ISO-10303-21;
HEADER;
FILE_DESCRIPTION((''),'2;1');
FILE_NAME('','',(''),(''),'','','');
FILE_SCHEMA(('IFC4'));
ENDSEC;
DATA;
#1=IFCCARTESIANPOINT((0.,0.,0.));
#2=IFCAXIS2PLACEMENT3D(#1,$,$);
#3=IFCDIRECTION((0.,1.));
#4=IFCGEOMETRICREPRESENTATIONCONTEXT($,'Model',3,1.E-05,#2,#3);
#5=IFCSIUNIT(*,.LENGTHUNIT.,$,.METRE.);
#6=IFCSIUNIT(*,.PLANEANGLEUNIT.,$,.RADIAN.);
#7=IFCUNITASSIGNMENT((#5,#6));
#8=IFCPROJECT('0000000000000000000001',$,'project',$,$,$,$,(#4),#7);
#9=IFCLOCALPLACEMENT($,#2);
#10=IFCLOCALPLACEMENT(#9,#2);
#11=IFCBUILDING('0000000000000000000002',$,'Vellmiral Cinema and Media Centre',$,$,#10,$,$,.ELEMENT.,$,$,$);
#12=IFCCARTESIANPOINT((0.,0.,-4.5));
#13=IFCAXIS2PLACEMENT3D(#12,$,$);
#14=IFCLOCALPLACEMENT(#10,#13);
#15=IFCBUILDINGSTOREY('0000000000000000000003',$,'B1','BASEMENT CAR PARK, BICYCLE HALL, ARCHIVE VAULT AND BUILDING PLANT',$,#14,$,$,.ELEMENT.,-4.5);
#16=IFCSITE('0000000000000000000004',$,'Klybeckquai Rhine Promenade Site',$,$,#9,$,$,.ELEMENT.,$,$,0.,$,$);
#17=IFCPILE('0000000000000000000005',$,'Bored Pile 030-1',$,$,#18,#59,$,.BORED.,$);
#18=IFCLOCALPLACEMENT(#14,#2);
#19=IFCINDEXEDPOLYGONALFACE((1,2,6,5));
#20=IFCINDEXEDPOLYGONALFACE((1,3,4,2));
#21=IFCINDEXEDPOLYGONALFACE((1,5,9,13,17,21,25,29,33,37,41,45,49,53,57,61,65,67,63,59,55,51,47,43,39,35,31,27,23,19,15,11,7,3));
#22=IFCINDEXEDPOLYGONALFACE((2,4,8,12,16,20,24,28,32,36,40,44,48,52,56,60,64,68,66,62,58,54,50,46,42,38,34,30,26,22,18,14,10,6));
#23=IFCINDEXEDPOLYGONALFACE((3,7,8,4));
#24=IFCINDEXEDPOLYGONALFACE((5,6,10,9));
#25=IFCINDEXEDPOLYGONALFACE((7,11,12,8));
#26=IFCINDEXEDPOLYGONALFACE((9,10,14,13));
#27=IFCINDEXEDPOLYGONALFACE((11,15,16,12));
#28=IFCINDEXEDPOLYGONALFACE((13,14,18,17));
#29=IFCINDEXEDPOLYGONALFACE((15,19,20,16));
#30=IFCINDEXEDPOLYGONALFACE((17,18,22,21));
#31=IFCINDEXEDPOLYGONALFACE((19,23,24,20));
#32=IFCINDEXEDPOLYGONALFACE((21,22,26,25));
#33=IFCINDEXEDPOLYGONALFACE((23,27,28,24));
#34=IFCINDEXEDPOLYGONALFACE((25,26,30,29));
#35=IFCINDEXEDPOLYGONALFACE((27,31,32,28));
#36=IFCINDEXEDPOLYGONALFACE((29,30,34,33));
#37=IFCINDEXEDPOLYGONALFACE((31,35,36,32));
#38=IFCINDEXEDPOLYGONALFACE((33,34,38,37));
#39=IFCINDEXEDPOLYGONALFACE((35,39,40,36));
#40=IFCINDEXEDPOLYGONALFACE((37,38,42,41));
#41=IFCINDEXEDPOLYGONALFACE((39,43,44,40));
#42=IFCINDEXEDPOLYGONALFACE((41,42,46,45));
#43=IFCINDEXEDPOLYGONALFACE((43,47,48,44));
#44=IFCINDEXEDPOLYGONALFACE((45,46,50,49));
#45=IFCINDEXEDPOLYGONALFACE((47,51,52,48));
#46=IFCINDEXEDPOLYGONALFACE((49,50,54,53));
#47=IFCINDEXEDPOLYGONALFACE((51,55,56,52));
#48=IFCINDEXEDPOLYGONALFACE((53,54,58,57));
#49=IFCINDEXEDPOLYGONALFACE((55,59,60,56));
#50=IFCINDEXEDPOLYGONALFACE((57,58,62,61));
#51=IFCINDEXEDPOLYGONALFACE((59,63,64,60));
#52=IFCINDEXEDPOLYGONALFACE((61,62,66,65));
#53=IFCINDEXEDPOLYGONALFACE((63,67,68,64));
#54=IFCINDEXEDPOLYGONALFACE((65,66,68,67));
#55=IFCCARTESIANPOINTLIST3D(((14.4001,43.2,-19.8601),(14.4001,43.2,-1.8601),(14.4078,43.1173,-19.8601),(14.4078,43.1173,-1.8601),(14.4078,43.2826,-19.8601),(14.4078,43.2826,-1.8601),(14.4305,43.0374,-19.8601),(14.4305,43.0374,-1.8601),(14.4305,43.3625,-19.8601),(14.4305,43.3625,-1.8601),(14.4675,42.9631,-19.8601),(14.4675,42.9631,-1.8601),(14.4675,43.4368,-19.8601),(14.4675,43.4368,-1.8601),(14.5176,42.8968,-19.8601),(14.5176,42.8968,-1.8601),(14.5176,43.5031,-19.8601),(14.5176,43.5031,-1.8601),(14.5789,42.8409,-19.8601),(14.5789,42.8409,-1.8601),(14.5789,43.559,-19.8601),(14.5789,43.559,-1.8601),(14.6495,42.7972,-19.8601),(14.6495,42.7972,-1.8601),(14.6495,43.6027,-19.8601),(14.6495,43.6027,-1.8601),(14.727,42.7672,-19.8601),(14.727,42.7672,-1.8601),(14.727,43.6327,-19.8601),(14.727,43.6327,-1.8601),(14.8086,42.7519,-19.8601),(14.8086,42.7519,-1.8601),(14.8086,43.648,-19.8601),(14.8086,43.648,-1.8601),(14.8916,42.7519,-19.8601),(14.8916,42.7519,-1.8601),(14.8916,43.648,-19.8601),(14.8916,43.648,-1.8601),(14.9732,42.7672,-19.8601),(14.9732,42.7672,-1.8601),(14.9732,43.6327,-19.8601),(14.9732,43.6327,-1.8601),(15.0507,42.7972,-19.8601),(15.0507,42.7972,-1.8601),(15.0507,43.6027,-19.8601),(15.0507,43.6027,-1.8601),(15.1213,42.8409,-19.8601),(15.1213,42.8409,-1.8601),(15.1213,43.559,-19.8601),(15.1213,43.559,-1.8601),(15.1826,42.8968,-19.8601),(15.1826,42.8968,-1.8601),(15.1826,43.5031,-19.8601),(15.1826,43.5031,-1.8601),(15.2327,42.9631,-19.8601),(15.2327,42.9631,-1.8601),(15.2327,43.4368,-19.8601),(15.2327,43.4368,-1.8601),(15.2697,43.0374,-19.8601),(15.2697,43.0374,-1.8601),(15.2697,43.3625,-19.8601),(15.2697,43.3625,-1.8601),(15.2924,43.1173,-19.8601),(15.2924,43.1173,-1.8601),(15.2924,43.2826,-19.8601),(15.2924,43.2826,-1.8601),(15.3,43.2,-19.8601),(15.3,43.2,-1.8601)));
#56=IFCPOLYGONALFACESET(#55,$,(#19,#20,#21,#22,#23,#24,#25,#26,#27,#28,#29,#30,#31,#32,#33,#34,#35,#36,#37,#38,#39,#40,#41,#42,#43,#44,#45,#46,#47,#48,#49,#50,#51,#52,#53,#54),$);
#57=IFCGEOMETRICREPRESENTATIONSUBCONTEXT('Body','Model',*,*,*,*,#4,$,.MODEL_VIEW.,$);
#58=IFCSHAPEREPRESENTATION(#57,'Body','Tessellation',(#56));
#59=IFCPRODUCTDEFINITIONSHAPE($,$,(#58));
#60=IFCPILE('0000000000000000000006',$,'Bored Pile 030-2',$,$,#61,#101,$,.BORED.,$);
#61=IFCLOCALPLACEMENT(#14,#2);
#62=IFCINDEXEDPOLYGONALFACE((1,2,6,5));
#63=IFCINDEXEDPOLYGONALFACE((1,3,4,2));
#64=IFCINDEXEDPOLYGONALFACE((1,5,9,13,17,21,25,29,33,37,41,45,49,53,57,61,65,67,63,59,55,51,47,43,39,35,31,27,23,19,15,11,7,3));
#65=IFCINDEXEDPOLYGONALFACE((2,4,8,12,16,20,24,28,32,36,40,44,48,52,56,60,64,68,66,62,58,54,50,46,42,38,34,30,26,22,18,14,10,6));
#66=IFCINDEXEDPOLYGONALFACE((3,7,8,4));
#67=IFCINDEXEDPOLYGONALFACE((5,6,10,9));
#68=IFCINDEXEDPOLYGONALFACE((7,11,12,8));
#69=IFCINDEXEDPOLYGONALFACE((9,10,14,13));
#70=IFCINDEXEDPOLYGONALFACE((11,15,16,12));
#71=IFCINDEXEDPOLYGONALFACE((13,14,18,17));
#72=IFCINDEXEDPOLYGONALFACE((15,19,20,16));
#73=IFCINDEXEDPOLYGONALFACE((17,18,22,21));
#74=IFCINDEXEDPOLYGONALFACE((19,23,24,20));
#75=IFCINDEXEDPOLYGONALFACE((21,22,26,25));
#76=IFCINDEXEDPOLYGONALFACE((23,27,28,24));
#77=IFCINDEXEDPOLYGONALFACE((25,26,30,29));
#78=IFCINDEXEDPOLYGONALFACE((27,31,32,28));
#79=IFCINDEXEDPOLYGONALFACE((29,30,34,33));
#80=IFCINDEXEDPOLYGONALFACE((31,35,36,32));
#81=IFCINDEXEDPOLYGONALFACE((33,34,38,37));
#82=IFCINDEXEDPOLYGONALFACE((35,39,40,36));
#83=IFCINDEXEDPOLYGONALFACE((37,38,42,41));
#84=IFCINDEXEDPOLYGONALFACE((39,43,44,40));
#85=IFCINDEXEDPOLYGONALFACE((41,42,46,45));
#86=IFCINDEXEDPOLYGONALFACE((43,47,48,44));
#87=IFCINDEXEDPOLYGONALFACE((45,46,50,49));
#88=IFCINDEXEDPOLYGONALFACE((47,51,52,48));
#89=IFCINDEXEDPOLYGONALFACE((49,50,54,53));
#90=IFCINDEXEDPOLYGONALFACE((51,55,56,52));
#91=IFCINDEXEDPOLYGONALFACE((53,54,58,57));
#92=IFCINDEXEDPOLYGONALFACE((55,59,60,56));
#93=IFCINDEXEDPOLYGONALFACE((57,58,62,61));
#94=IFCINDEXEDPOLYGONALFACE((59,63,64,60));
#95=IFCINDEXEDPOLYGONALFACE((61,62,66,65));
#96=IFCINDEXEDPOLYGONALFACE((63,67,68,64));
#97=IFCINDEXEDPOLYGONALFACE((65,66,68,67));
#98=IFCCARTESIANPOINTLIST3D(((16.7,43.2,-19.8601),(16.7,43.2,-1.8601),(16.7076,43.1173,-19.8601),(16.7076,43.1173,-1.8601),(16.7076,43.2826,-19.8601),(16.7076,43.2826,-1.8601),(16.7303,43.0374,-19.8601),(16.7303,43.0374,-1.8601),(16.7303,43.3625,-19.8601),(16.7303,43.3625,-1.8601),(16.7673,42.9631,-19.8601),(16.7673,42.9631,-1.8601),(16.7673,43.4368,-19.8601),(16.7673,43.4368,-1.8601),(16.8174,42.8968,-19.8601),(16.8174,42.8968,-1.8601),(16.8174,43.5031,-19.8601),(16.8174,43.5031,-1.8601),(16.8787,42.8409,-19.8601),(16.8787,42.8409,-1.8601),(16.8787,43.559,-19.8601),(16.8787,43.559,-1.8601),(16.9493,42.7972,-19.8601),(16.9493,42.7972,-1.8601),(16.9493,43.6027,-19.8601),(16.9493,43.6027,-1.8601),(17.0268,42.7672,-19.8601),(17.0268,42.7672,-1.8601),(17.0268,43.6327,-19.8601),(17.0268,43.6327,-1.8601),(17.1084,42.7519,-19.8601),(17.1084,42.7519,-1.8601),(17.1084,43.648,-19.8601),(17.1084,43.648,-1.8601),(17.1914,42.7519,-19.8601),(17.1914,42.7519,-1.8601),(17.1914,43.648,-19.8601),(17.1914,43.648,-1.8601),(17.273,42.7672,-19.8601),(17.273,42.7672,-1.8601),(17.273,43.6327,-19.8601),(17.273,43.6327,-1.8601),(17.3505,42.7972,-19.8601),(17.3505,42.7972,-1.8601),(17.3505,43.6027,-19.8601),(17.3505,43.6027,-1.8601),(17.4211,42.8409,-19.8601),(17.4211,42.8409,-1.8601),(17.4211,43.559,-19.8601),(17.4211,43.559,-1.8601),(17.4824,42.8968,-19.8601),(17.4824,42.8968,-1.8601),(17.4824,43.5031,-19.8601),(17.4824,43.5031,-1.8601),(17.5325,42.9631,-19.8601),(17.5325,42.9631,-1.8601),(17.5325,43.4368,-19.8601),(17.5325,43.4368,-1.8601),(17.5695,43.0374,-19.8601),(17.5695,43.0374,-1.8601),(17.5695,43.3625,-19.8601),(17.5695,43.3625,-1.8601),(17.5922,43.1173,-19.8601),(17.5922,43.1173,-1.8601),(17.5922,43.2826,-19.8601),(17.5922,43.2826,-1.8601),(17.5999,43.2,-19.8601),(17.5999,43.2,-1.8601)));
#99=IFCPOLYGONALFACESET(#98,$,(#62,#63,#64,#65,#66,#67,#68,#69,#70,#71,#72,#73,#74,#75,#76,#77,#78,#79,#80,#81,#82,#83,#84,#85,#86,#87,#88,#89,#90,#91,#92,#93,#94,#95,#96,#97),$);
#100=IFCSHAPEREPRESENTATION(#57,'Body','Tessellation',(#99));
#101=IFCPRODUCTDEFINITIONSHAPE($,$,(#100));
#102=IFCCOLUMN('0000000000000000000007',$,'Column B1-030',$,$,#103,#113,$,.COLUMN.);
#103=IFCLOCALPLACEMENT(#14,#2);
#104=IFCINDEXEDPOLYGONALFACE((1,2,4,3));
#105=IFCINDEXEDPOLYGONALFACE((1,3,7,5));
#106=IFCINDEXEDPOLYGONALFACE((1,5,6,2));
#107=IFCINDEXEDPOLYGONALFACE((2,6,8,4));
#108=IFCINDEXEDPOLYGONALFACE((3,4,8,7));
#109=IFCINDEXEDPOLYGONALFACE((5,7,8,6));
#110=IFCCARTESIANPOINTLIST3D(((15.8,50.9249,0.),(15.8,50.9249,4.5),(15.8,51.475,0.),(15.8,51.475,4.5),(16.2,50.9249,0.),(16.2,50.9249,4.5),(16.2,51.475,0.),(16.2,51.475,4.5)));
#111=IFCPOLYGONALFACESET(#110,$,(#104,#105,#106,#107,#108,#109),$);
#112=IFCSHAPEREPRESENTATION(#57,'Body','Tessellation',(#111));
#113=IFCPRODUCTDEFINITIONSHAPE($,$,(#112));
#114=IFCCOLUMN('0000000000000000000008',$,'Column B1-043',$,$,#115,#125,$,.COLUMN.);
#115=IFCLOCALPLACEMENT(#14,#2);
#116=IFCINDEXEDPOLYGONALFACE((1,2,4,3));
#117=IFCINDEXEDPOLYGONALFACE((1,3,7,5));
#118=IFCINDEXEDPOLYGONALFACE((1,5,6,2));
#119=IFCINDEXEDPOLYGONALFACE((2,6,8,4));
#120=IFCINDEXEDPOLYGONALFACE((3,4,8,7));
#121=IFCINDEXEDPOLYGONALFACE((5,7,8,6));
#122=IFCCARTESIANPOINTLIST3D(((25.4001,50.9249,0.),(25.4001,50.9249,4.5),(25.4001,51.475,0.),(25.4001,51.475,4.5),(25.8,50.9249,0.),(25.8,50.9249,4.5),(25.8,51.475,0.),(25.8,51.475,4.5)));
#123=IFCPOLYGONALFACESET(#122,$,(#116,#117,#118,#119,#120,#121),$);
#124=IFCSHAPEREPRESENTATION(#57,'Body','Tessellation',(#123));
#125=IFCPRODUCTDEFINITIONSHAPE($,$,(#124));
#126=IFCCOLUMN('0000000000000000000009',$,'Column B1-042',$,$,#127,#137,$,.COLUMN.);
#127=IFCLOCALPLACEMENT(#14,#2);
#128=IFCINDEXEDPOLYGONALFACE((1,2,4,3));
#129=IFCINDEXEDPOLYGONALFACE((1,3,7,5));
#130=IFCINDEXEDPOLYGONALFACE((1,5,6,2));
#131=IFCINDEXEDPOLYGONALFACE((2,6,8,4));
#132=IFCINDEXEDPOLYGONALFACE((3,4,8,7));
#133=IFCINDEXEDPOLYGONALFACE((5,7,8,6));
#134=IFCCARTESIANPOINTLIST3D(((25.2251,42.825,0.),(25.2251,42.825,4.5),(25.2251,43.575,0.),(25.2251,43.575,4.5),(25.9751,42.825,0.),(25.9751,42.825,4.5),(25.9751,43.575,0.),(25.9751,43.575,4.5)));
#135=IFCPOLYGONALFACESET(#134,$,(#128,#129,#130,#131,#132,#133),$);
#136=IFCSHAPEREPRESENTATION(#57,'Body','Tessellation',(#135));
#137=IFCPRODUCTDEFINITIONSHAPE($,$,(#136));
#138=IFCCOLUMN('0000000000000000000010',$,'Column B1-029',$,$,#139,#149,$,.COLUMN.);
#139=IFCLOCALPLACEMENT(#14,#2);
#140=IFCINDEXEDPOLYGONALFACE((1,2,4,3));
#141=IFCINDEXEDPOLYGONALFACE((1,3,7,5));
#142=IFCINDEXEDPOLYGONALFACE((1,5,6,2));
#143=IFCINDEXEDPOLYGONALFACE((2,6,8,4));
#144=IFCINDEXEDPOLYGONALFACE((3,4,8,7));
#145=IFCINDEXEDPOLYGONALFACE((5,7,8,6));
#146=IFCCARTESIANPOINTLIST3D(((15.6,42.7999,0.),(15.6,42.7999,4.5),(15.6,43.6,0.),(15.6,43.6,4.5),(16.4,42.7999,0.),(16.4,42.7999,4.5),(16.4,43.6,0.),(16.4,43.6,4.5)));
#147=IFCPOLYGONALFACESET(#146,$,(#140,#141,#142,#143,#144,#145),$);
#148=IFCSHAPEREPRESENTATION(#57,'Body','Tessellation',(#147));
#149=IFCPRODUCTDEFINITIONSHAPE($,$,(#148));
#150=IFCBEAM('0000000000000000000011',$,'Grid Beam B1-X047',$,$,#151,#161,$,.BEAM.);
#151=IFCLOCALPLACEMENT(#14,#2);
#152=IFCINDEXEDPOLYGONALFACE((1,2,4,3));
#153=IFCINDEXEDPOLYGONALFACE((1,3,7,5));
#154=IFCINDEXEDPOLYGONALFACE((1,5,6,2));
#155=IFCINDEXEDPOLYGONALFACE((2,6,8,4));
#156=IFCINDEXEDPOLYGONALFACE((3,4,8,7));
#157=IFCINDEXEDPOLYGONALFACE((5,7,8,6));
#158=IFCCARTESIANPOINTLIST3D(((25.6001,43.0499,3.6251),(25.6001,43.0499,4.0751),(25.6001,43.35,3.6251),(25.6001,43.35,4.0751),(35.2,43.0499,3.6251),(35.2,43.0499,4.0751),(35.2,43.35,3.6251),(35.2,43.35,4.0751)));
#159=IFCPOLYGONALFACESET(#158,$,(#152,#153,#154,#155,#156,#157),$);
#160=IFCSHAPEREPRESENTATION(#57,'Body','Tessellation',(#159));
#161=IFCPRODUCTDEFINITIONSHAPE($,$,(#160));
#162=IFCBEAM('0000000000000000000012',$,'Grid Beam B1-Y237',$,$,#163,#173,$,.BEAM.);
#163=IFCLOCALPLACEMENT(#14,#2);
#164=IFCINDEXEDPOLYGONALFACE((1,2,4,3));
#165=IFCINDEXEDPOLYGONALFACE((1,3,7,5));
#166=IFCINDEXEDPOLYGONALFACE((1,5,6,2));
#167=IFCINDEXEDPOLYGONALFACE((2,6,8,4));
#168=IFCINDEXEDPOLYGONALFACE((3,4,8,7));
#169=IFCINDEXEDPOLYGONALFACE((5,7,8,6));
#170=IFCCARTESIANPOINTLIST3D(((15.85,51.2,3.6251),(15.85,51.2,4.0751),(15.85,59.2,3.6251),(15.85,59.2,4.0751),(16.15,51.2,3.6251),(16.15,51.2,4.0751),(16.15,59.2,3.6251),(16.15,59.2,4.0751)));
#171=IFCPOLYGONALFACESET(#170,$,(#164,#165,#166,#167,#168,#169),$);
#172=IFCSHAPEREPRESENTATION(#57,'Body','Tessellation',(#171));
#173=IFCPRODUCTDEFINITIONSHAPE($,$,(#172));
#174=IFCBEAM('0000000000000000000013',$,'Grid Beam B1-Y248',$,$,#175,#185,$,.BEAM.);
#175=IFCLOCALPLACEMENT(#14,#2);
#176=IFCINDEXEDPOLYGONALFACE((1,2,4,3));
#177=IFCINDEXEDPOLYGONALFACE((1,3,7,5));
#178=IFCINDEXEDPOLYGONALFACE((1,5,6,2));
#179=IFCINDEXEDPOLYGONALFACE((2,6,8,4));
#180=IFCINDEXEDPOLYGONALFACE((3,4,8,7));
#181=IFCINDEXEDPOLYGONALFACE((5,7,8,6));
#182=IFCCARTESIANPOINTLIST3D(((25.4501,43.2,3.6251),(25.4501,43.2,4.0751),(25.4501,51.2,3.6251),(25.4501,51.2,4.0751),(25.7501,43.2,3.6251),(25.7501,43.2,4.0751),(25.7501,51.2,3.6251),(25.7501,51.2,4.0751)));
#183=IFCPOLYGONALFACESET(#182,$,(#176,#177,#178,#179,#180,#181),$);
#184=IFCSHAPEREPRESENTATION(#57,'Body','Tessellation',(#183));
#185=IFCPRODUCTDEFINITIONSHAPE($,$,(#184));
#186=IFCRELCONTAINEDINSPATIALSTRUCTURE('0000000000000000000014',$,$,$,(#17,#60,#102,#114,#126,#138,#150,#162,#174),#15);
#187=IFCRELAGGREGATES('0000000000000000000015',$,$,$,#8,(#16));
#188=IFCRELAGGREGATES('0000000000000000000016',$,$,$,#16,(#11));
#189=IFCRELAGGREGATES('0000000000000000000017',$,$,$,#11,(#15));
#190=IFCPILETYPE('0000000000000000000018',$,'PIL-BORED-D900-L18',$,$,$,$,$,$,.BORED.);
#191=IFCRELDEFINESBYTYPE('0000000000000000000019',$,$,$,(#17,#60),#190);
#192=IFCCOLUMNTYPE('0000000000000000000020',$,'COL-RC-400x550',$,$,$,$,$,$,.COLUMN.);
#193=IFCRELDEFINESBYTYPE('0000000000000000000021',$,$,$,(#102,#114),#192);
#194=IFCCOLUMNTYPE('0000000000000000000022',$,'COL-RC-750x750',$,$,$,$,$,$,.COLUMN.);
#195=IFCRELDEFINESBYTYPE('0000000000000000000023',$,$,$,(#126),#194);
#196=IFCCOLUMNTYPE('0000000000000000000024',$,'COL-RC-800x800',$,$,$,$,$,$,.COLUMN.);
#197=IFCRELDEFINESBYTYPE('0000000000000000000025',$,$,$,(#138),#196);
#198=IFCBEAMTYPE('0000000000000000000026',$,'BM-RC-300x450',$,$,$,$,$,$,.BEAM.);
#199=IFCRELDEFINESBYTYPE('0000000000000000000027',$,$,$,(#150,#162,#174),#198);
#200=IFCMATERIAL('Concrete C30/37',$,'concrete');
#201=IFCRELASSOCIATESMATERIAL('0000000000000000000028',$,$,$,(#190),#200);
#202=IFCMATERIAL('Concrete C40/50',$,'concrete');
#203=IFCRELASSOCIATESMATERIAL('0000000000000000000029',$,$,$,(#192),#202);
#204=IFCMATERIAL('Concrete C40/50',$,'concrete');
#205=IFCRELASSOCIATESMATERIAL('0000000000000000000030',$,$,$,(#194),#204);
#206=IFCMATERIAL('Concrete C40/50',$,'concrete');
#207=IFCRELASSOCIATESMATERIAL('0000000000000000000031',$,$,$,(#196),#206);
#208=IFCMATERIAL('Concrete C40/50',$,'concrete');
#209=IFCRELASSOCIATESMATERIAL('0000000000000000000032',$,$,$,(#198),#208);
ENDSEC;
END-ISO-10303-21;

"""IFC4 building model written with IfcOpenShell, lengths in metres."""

from ifc_helpers import new_model, si_unit, direction, frame, origin, origin_2d, place, context, subcontext, project, spatial, rectangle, circle, extrude, material, material_profile, profile_set, type_object, element, save


model = new_model("IFC4")

# Units and contexts
model_context = context("Model", 3, precision=1e-05, world=origin(), true_north=direction((0.0, 1.0)))
body_context = subcontext(model_context, "Body", "Model", "MODEL_VIEW")
ifc_project = project(units=[si_unit("LENGTHUNIT", "METRE"), si_unit("PLANEANGLEUNIT", "RADIAN")], contexts=[model_context])

# Site, building, storey
site_placement = place(None, origin())
site = spatial("IfcSite", under=ifc_project, at=site_placement, Name="Klybeckquai Rhine Promenade Site", CompositionType="ELEMENT", RefElevation=0.0)
building_placement = place(site_placement, origin())
building = spatial("IfcBuilding", under=site, at=building_placement, Name="Vellmiral Cinema and Media Centre", CompositionType="ELEMENT")
storey_placement = place(building_placement, frame((0.0, 0.0, -4.5)))
storey = spatial("IfcBuildingStorey", under=building, at=storey_placement, Name="B1", Description="BASEMENT CAR PARK, BICYCLE HALL, ARCHIVE VAULT AND BUILDING PLANT", CompositionType="ELEMENT", Elevation=-4.5)

# Piles
ifc_material_1 = material(Name="Concrete C30/37", Category="concrete")
ifc_material_profile_1 = material_profile(ifc_material_1, circle(Radius=0.45, at=origin_2d()), Name="PILE D900")
ifc_profile_set_1 = profile_set([ifc_material_profile_1], Name="Concrete C30/37")
pile_type_1 = type_object("IfcPileType", Name="PIL-BORED-D900-L18", PredefinedType="BORED", material=ifc_profile_set_1)
for number, where, z_axis, x_axis, name in (
    (1, (14.8501, 43.2, -1.8601), (0.0, 0.0, -1.0), (1.0, 0.0, 0.0), "Bored Pile 030-1"),
    (2, (17.1499, 43.2, -1.8601), (0.0, 0.0, -1.0), (1.0, 0.0, 0.0), "Bored Pile 030-2"),
):
    element("IfcPile", number, at=place(storey_placement, frame(where, z_axis=z_axis, x_axis=x_axis)), inside=storey, type_object=pile_type_1, Name=name, PredefinedType="BORED", context=body_context, shape_type="SweptSolid", body=[
        extrude(circle(Radius=0.45, at=origin_2d()), origin(), (0.0, 0.0, 1.0), 18.0),
    ])

# Columns
ifc_material_2 = material(Name="Concrete C40/50", Category="concrete")
ifc_material_profile_2 = material_profile(ifc_material_2, rectangle(XDim=0.3999, YDim=0.55, at=origin_2d()), Name="RC 400x550")
ifc_profile_set_2 = profile_set([ifc_material_profile_2], Name="Concrete C40/50")
column_type_1 = type_object("IfcColumnType", Name="COL-RC-400x550", PredefinedType="COLUMN", material=ifc_profile_set_2)
for number, where, z_axis, x_axis, name in (
    (3, (16.0, 51.2, 0.0), (0.0, 0.0, 1.0), (1.0, 0.0, 0.0), "Column B1-030"),
    (4, (25.6001, 51.2, 0.0), (0.0, 0.0, 1.0), (1.0, 0.0, 0.0), "Column B1-043"),
):
    element("IfcColumn", number, at=place(storey_placement, frame(where, z_axis=z_axis, x_axis=x_axis)), inside=storey, type_object=column_type_1, Name=name, PredefinedType="COLUMN", context=body_context, shape_type="SweptSolid", body=[
        extrude(rectangle(XDim=0.3999, YDim=0.55, at=origin_2d()), origin(), (0.0, 0.0, 1.0), 4.5),
    ])
ifc_material_3 = material(Name="Concrete C40/50", Category="concrete")
ifc_material_profile_3 = material_profile(ifc_material_3, rectangle(XDim=0.75, YDim=0.75, at=origin_2d()), Name="RC 750x750")
ifc_profile_set_3 = profile_set([ifc_material_profile_3], Name="Concrete C40/50")
column_type_2 = type_object("IfcColumnType", Name="COL-RC-750x750", PredefinedType="COLUMN", material=ifc_profile_set_3)
column_1_placement = place(storey_placement, frame((25.6001, 43.2, 0.0), z_axis=(0.0, 0.0, 1.0), x_axis=(1.0, 0.0, 0.0)))
element("IfcColumn", 5, at=column_1_placement, inside=storey, type_object=column_type_2, Name="Column B1-042", PredefinedType="COLUMN", context=body_context, shape_type="SweptSolid", body=[
    extrude(rectangle(XDim=0.75, YDim=0.75, at=origin_2d()), origin(), (0.0, 0.0, 1.0), 4.5),
])
ifc_material_4 = material(Name="Concrete C40/50", Category="concrete")
ifc_material_profile_4 = material_profile(ifc_material_4, rectangle(XDim=0.8, YDim=0.8, at=origin_2d()), Name="RC 800x800")
ifc_profile_set_4 = profile_set([ifc_material_profile_4], Name="Concrete C40/50")
column_type_3 = type_object("IfcColumnType", Name="COL-RC-800x800", PredefinedType="COLUMN", material=ifc_profile_set_4)
column_2_placement = place(storey_placement, frame((16.0, 43.2, 0.0), z_axis=(0.0, 0.0, 1.0), x_axis=(1.0, 0.0, 0.0)))
element("IfcColumn", 6, at=column_2_placement, inside=storey, type_object=column_type_3, Name="Column B1-029", PredefinedType="COLUMN", context=body_context, shape_type="SweptSolid", body=[
    extrude(rectangle(XDim=0.8, YDim=0.8, at=origin_2d()), origin(), (0.0, 0.0, 1.0), 4.5),
])

# Beams
ifc_material_5 = material(Name="Concrete C40/50", Category="concrete")
ifc_material_profile_5 = material_profile(ifc_material_5, rectangle(XDim=0.3, YDim=0.45, at=origin_2d()), Name="RC 300x450")
ifc_profile_set_5 = profile_set([ifc_material_profile_5], Name="Concrete C40/50")
beam_type_1 = type_object("IfcBeamType", Name="BM-RC-300x450", PredefinedType="BEAM", material=ifc_profile_set_5)
beam_1_placement = place(storey_placement, frame((25.6001, 43.2, 3.8501), z_axis=(1.0, 0.0, 0.0), x_axis=(0.0, 1.0, 0.0)))
element("IfcBeam", 7, at=beam_1_placement, inside=storey, type_object=beam_type_1, Name="Grid Beam B1-X047", PredefinedType="BEAM", context=body_context, shape_type="SweptSolid", body=[
    extrude(rectangle(XDim=0.3, YDim=0.45, at=origin_2d()), origin(), (0.0, 0.0, 1.0), 9.5999),
])
for number, where, z_axis, x_axis, name in (
    (8, (16.0, 51.2, 3.8501), (0.0, 1.0, 0.0), (-1.0, 0.0, 0.0), "Grid Beam B1-Y237"),
    (9, (25.6001, 43.2, 3.8501), (0.0, 1.0, 0.0), (-1.0, 0.0, 0.0), "Grid Beam B1-Y248"),
):
    element("IfcBeam", number, at=place(storey_placement, frame(where, z_axis=z_axis, x_axis=x_axis)), inside=storey, type_object=beam_type_1, Name=name, PredefinedType="BEAM", context=body_context, shape_type="SweptSolid", body=[
        extrude(rectangle(XDim=0.3, YDim=0.45, at=origin_2d()), origin(), (0.0, 0.0, 1.0), 8.0),
    ])

save(model, "model.ifc")
